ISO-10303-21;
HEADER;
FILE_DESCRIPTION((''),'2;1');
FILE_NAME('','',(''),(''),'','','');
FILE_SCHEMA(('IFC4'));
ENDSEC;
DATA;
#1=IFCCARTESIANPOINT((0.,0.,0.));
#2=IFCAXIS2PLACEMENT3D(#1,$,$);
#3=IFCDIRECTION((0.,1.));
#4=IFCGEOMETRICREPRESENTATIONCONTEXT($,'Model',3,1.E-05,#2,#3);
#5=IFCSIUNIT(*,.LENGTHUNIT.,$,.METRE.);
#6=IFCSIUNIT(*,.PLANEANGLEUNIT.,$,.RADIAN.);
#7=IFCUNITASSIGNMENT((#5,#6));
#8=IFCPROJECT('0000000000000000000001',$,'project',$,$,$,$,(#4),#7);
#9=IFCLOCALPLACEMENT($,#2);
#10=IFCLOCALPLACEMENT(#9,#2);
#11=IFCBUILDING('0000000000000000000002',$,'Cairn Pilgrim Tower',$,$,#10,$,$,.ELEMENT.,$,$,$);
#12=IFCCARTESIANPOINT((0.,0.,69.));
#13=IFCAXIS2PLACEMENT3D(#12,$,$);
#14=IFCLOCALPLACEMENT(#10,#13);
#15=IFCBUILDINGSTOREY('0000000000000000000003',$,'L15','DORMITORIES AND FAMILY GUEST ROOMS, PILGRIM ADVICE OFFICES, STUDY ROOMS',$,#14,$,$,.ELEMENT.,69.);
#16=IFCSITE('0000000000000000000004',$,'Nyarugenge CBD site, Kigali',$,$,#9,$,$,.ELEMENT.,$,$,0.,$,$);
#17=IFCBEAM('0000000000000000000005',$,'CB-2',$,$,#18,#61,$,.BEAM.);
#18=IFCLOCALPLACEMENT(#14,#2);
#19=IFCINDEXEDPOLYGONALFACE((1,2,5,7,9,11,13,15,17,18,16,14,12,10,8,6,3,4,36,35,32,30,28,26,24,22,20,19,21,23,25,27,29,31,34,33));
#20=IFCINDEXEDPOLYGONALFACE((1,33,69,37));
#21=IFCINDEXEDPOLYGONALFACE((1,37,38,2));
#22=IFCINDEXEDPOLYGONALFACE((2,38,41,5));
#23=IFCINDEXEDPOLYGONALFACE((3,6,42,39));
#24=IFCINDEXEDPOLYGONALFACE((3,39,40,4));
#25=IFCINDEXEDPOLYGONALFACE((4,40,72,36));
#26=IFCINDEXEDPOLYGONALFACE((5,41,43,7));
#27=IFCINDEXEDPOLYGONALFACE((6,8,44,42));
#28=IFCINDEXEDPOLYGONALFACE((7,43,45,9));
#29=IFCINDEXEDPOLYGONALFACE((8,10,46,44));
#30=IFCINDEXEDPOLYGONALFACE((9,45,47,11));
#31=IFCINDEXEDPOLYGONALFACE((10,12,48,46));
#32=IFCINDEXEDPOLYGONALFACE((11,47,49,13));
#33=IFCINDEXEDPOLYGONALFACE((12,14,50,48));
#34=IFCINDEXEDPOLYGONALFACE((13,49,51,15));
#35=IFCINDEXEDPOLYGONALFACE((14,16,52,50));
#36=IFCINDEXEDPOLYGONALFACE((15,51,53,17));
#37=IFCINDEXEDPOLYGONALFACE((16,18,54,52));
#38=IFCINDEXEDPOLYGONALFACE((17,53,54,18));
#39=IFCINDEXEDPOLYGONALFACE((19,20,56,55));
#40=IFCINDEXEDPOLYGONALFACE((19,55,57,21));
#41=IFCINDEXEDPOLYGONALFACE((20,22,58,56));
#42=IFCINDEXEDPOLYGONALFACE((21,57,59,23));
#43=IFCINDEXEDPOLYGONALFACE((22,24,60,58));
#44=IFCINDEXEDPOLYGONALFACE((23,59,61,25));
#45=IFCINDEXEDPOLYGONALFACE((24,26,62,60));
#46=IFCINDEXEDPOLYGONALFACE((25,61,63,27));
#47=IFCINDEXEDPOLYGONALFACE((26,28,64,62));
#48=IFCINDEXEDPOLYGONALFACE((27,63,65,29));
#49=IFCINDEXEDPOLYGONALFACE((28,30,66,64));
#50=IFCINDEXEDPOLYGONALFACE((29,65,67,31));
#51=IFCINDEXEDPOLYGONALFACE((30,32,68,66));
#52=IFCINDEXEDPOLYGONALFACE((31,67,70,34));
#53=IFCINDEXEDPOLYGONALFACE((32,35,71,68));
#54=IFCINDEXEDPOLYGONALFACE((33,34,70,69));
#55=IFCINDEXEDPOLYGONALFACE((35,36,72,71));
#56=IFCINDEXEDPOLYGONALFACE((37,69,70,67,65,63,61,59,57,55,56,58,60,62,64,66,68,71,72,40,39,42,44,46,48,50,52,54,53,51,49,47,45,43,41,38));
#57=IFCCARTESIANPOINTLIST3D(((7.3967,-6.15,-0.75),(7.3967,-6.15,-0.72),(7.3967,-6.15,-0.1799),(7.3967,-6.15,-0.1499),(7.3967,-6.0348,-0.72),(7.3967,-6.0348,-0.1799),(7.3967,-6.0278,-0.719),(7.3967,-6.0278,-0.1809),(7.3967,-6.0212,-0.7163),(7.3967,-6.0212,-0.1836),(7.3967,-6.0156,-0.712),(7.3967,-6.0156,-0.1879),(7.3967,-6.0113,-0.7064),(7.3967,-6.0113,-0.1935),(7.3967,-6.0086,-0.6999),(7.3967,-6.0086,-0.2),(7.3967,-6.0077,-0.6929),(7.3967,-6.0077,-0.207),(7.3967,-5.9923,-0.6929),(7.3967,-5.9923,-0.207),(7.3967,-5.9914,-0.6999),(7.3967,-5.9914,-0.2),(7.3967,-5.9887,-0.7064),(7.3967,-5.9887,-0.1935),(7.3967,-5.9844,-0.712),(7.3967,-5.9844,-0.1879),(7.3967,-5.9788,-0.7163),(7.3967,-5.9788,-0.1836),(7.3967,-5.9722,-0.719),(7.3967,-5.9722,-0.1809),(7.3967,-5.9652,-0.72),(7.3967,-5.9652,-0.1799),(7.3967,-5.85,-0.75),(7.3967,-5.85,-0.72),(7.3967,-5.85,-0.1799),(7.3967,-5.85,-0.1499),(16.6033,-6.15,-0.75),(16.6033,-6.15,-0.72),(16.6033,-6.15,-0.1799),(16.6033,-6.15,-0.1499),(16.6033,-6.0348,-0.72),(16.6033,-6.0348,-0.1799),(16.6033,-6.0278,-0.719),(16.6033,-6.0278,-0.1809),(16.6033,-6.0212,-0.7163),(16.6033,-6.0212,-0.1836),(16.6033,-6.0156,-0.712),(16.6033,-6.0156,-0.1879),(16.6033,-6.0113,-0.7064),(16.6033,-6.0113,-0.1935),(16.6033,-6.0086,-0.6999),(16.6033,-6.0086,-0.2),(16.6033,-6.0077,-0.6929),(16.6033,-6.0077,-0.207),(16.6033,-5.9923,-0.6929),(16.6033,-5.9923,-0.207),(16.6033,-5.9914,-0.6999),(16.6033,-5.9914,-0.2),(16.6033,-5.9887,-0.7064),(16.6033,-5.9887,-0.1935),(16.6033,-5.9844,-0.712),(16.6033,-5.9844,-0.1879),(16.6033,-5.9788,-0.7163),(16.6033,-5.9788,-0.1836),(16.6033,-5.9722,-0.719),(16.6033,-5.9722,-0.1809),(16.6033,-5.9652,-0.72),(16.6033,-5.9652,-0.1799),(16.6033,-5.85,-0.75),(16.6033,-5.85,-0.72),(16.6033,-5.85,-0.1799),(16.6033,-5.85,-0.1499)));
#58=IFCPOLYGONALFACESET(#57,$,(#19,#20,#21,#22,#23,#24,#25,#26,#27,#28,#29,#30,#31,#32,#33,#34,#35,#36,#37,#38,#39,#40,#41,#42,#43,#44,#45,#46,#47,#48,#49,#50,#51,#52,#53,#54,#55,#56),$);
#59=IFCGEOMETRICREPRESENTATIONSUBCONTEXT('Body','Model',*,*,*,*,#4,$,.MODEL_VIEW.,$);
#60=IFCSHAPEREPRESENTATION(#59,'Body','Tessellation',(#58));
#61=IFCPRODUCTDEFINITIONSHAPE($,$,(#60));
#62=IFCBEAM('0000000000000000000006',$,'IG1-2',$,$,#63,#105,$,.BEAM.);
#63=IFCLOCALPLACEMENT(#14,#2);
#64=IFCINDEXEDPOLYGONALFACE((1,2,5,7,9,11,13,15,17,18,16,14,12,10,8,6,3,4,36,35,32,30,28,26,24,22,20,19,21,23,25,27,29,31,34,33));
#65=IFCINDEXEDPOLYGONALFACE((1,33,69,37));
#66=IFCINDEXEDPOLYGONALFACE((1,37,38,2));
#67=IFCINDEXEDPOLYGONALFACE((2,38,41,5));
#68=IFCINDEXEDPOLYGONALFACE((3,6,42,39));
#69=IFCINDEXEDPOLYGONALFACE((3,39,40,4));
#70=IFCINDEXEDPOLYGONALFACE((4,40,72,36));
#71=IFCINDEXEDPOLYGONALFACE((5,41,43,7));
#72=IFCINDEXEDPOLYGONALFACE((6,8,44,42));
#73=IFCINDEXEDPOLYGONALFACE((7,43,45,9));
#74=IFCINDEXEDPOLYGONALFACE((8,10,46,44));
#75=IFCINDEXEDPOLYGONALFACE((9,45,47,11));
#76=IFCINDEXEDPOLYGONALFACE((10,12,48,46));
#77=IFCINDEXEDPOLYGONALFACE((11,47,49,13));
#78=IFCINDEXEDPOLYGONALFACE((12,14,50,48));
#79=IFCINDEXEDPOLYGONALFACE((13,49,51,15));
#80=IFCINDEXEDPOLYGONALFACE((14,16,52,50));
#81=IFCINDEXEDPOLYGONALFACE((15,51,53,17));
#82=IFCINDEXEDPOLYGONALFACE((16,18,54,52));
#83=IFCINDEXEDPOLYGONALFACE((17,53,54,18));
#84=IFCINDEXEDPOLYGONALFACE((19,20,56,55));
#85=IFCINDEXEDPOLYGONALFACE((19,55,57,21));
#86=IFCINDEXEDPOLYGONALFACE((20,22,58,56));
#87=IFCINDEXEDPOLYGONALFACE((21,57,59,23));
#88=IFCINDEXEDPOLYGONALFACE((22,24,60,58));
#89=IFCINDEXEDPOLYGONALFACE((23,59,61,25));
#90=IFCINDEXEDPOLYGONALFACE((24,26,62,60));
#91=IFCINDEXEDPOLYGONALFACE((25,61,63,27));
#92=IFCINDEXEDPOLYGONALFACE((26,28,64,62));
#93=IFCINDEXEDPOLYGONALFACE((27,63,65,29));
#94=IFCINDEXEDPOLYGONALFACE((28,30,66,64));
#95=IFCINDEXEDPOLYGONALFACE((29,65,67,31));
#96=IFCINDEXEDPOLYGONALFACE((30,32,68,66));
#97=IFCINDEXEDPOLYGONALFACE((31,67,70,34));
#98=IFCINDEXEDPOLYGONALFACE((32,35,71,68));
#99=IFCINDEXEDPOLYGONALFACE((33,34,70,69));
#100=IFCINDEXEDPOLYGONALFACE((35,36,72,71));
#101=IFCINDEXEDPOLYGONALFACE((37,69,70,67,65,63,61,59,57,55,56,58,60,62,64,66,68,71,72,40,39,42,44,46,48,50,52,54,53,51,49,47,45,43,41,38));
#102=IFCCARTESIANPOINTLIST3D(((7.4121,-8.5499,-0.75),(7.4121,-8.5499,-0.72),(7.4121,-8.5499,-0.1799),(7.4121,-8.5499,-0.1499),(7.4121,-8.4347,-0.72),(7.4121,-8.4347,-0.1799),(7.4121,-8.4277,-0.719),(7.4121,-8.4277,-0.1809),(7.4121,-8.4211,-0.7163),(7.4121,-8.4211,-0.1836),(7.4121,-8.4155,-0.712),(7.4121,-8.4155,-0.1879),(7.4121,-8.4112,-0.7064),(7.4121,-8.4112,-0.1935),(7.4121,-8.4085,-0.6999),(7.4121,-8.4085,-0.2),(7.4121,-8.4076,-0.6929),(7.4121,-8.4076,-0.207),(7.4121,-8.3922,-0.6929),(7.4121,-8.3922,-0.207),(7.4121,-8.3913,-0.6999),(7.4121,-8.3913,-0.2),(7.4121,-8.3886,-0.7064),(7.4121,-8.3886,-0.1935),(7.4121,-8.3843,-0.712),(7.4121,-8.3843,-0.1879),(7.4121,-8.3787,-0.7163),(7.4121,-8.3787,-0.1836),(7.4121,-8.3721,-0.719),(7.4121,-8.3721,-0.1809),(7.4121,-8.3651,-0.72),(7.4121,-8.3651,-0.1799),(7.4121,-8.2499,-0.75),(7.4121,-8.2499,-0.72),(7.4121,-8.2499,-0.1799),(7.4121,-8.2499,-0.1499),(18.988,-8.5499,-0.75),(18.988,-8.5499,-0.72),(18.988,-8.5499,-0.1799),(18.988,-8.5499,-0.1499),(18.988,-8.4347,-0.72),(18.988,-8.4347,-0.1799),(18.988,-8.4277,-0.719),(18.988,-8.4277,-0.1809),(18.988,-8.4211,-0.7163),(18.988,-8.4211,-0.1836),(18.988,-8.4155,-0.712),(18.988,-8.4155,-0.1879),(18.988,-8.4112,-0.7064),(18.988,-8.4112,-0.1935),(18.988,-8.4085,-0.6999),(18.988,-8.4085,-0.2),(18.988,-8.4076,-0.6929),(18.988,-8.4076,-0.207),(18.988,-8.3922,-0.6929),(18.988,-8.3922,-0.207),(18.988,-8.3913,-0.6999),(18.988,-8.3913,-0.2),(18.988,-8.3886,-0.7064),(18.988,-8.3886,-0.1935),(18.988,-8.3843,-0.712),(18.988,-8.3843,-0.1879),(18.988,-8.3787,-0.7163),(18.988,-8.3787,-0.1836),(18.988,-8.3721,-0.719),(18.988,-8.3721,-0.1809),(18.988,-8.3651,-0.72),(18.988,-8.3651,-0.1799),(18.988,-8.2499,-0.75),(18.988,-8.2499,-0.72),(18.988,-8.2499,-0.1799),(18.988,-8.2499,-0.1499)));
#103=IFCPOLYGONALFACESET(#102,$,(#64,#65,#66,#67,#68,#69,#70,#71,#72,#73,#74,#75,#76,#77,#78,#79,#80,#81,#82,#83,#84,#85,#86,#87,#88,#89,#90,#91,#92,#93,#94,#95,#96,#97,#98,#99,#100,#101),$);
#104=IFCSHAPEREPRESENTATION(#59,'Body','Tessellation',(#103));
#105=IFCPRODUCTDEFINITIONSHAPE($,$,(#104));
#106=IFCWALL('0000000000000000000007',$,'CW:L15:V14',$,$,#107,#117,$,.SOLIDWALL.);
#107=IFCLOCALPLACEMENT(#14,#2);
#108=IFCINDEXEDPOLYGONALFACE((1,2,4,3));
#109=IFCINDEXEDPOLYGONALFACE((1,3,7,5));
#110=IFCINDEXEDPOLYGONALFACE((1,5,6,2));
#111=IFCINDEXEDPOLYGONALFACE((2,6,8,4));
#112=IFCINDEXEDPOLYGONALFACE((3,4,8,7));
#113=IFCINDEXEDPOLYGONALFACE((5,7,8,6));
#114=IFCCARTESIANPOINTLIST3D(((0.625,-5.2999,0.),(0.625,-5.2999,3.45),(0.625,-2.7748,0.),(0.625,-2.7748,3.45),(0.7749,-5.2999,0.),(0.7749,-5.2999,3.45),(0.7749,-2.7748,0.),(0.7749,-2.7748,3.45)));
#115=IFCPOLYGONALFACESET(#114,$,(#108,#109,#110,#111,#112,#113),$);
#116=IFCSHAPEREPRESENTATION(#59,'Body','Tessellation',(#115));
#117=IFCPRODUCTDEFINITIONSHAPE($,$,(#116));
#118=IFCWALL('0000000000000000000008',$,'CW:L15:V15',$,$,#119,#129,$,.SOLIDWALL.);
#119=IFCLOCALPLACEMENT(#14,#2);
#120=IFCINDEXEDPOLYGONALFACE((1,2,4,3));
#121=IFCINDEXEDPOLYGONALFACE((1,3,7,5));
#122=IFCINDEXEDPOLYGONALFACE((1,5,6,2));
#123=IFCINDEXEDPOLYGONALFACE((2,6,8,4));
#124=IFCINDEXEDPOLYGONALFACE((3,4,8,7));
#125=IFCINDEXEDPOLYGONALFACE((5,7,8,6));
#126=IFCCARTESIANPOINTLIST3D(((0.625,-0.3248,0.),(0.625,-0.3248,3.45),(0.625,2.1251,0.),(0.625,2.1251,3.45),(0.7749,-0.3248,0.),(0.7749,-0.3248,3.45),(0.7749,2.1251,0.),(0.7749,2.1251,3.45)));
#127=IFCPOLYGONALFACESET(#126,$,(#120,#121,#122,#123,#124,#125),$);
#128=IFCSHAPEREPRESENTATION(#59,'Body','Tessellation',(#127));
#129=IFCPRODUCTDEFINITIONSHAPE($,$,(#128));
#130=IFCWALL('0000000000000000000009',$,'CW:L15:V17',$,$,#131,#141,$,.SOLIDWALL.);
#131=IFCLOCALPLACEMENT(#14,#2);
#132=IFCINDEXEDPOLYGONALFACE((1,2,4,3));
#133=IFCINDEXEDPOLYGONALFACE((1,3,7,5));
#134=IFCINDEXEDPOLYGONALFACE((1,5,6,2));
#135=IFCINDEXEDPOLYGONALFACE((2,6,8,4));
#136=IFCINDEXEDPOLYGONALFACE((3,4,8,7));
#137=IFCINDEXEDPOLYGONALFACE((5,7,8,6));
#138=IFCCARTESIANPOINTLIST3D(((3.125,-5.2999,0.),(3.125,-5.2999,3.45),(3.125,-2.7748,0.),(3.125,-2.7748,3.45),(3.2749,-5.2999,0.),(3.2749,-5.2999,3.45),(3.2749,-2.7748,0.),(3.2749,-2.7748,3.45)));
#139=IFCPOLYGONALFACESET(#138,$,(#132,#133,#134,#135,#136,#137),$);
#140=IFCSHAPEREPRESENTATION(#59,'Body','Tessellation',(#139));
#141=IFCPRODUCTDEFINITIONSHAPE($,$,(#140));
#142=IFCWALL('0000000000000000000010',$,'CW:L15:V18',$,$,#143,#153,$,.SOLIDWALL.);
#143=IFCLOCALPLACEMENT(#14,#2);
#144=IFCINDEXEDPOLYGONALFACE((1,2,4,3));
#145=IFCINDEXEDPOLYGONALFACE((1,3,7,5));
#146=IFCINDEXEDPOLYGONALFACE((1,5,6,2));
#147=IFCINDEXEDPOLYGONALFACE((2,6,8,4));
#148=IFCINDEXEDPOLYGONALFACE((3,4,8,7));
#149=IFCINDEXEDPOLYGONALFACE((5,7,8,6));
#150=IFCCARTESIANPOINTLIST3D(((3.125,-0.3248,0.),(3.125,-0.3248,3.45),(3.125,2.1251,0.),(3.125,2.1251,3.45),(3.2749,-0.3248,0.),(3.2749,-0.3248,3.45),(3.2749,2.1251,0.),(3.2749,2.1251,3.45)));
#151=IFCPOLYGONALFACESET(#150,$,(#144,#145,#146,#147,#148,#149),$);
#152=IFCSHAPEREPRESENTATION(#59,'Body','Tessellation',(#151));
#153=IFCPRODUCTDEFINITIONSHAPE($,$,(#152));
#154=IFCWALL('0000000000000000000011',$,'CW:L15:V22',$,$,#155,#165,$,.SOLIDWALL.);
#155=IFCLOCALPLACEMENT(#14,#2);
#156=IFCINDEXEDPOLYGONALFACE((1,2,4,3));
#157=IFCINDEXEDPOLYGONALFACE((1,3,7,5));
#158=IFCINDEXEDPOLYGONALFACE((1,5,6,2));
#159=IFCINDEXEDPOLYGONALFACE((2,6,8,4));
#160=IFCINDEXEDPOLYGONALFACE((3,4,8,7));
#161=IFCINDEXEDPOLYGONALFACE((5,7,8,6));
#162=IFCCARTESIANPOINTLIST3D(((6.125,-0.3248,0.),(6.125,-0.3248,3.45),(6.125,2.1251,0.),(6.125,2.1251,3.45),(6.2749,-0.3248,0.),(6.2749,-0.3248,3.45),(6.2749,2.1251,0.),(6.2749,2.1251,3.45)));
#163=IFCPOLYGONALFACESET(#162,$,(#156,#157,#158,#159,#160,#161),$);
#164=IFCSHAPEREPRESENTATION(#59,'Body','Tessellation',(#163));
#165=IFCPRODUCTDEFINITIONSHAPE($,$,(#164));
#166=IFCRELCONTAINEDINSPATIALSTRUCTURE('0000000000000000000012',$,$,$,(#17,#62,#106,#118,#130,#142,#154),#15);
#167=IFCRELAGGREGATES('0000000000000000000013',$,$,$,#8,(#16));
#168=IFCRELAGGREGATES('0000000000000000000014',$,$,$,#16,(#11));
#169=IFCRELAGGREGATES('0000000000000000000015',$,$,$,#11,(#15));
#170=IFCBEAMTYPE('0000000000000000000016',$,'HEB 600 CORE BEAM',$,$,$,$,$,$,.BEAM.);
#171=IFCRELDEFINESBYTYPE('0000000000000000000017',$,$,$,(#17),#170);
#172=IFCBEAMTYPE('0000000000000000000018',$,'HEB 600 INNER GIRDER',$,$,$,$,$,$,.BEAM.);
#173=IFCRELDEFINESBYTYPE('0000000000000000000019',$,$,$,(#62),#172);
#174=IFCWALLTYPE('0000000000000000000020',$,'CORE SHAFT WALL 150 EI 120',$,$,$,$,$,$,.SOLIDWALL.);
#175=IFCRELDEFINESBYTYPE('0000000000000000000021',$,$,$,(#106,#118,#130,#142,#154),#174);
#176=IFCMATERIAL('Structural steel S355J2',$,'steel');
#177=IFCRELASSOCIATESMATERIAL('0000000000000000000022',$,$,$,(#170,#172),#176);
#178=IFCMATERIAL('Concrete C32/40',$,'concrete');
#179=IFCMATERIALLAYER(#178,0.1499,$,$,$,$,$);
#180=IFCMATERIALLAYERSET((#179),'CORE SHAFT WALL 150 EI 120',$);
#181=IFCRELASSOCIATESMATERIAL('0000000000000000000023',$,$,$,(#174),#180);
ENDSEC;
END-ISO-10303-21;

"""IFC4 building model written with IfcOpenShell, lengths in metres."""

from ifc_helpers import new_model, si_unit, direction, frame, frame_2d, origin, origin_2d, place, context, subcontext, project, spatial, rectangle, i_section, extrude, material, layer, layer_set, material_profile, profile_set, type_object, element, save


model = new_model("IFC4")

# Units and contexts
model_context = context("Model", 3, precision=1e-05, world=origin(), true_north=direction((0.0, 1.0)))
body_context = subcontext(model_context, "Body", "Model", "MODEL_VIEW")
ifc_project = project(units=[si_unit("LENGTHUNIT", "METRE"), si_unit("PLANEANGLEUNIT", "RADIAN")], contexts=[model_context])

# Site, building, storey
site_placement = place(None, origin())
site = spatial("IfcSite", under=ifc_project, at=site_placement, Name="Nyarugenge CBD site, Kigali", CompositionType="ELEMENT", RefElevation=0.0)
building_placement = place(site_placement, origin())
building = spatial("IfcBuilding", under=site, at=building_placement, Name="Cairn Pilgrim Tower", CompositionType="ELEMENT")
storey_placement = place(building_placement, frame((0.0, 0.0, 69.0)))
storey = spatial("IfcBuildingStorey", under=building, at=storey_placement, Name="L15", Description="DORMITORIES AND FAMILY GUEST ROOMS, PILGRIM ADVICE OFFICES, STUDY ROOMS", CompositionType="ELEMENT", Elevation=69.0)

# Beams
ifc_material_1 = material(Name="Structural steel S355J2", Category="steel")
ifc_material_profile_1 = material_profile(ifc_material_1, i_section(OverallWidth=0.3, OverallDepth=0.6001, WebThickness=0.0154, FlangeThickness=0.03, FilletRadius=0.0271, at=origin_2d()), Name="HEB 600")
ifc_profile_set_1 = profile_set([ifc_material_profile_1], Name="Structural steel S355J2")
beam_type_1 = type_object("IfcBeamType", Name="HEB 600 CORE BEAM", PredefinedType="BEAM", material=ifc_profile_set_1)
beam_1_placement = place(storey_placement, frame((7.3967, -6.0, -0.45), z_axis=(1.0, 0.0, 0.0), x_axis=(0.0, 1.0, 0.0)))
element("IfcBeam", 1, at=beam_1_placement, inside=storey, type_object=beam_type_1, Name="CB-2", PredefinedType="BEAM", context=body_context, shape_type="SweptSolid", body=[
    extrude(i_section(OverallWidth=0.3, OverallDepth=0.6001, WebThickness=0.0154, FlangeThickness=0.03, FilletRadius=0.0271, at=origin_2d()), origin(), (0.0, 0.0, 1.0), 9.2065),
])
ifc_material_profile_2 = material_profile(ifc_material_1, i_section(OverallWidth=0.3, OverallDepth=0.6001, WebThickness=0.0154, FlangeThickness=0.03, FilletRadius=0.0271, at=origin_2d()), Name="HEB 600")
ifc_profile_set_2 = profile_set([ifc_material_profile_2], Name="Structural steel S355J2")
beam_type_2 = type_object("IfcBeamType", Name="HEB 600 INNER GIRDER", PredefinedType="BEAM", material=ifc_profile_set_2)
beam_2_placement = place(storey_placement, frame((7.4121, -8.3999, -0.45), z_axis=(1.0, 0.0, 0.0), x_axis=(0.0, 1.0, 0.0)))
element("IfcBeam", 2, at=beam_2_placement, inside=storey, type_object=beam_type_2, Name="IG1-2", PredefinedType="BEAM", context=body_context, shape_type="SweptSolid", body=[
    extrude(i_section(OverallWidth=0.3, OverallDepth=0.6001, WebThickness=0.0154, FlangeThickness=0.03, FilletRadius=0.0271, at=origin_2d()), origin(), (0.0, 0.0, 1.0), 11.5759),
])

# Walls
ifc_material_2 = material(Name="Concrete C32/40", Category="concrete")
ifc_layer_1 = layer(ifc_material_2, 0.1499)
ifc_layer_set_1 = layer_set([ifc_layer_1], Name="CORE SHAFT WALL 150 EI 120")
wall_type_1 = type_object("IfcWallType", Name="CORE SHAFT WALL 150 EI 120", PredefinedType="SOLIDWALL", material=ifc_layer_set_1)
wall_1_placement = place(storey_placement, frame((0.7, -5.3, 0.0), z_axis=(0.0, 0.0, 1.0), x_axis=(0.0, 1.0, 0.0)))
element("IfcWall", 3, at=wall_1_placement, inside=storey, type_object=wall_type_1, Name="CW:L15:V14", PredefinedType="SOLIDWALL", context=body_context, shape_type="SweptSolid", body=[
    extrude(rectangle(XDim=2.5251, YDim=0.1499, at=frame_2d((1.2627, 0.0))), origin(), (0.0, 0.0, 1.0), 3.45),
])
wall_2_placement = place(storey_placement, frame((0.7, -0.325, 0.0), z_axis=(0.0, 0.0, 1.0), x_axis=(0.0, 1.0, 0.0)))
element("IfcWall", 4, at=wall_2_placement, inside=storey, type_object=wall_type_1, Name="CW:L15:V15", PredefinedType="SOLIDWALL", context=body_context, shape_type="SweptSolid", body=[
    extrude(rectangle(XDim=2.45, YDim=0.1499, at=frame_2d((1.2251, 0.0))), origin(), (0.0, 0.0, 1.0), 3.45),
])
wall_3_placement = place(storey_placement, frame((3.2, -5.3, 0.0), z_axis=(0.0, 0.0, 1.0), x_axis=(0.0, 1.0, 0.0)))
element("IfcWall", 5, at=wall_3_placement, inside=storey, type_object=wall_type_1, Name="CW:L15:V17", PredefinedType="SOLIDWALL", context=body_context, shape_type="SweptSolid", body=[
    extrude(rectangle(XDim=2.5251, YDim=0.1499, at=frame_2d((1.2627, 0.0))), origin(), (0.0, 0.0, 1.0), 3.45),
])
for number, where, z_axis, x_axis, name in (
    (6, (3.2, -0.325, 0.0), (0.0, 0.0, 1.0), (0.0, 1.0, 0.0), "CW:L15:V18"),
    (7, (6.2, -0.325, 0.0), (0.0, 0.0, 1.0), (0.0, 1.0, 0.0), "CW:L15:V22"),
):
    element("IfcWall", number, at=place(storey_placement, frame(where, z_axis=z_axis, x_axis=x_axis)), inside=storey, type_object=wall_type_1, Name=name, PredefinedType="SOLIDWALL", context=body_context, shape_type="SweptSolid", body=[
        extrude(rectangle(XDim=2.45, YDim=0.1499, at=frame_2d((1.2251, 0.0))), origin(), (0.0, 0.0, 1.0), 3.45),
    ])

save(model, "model.ifc")
